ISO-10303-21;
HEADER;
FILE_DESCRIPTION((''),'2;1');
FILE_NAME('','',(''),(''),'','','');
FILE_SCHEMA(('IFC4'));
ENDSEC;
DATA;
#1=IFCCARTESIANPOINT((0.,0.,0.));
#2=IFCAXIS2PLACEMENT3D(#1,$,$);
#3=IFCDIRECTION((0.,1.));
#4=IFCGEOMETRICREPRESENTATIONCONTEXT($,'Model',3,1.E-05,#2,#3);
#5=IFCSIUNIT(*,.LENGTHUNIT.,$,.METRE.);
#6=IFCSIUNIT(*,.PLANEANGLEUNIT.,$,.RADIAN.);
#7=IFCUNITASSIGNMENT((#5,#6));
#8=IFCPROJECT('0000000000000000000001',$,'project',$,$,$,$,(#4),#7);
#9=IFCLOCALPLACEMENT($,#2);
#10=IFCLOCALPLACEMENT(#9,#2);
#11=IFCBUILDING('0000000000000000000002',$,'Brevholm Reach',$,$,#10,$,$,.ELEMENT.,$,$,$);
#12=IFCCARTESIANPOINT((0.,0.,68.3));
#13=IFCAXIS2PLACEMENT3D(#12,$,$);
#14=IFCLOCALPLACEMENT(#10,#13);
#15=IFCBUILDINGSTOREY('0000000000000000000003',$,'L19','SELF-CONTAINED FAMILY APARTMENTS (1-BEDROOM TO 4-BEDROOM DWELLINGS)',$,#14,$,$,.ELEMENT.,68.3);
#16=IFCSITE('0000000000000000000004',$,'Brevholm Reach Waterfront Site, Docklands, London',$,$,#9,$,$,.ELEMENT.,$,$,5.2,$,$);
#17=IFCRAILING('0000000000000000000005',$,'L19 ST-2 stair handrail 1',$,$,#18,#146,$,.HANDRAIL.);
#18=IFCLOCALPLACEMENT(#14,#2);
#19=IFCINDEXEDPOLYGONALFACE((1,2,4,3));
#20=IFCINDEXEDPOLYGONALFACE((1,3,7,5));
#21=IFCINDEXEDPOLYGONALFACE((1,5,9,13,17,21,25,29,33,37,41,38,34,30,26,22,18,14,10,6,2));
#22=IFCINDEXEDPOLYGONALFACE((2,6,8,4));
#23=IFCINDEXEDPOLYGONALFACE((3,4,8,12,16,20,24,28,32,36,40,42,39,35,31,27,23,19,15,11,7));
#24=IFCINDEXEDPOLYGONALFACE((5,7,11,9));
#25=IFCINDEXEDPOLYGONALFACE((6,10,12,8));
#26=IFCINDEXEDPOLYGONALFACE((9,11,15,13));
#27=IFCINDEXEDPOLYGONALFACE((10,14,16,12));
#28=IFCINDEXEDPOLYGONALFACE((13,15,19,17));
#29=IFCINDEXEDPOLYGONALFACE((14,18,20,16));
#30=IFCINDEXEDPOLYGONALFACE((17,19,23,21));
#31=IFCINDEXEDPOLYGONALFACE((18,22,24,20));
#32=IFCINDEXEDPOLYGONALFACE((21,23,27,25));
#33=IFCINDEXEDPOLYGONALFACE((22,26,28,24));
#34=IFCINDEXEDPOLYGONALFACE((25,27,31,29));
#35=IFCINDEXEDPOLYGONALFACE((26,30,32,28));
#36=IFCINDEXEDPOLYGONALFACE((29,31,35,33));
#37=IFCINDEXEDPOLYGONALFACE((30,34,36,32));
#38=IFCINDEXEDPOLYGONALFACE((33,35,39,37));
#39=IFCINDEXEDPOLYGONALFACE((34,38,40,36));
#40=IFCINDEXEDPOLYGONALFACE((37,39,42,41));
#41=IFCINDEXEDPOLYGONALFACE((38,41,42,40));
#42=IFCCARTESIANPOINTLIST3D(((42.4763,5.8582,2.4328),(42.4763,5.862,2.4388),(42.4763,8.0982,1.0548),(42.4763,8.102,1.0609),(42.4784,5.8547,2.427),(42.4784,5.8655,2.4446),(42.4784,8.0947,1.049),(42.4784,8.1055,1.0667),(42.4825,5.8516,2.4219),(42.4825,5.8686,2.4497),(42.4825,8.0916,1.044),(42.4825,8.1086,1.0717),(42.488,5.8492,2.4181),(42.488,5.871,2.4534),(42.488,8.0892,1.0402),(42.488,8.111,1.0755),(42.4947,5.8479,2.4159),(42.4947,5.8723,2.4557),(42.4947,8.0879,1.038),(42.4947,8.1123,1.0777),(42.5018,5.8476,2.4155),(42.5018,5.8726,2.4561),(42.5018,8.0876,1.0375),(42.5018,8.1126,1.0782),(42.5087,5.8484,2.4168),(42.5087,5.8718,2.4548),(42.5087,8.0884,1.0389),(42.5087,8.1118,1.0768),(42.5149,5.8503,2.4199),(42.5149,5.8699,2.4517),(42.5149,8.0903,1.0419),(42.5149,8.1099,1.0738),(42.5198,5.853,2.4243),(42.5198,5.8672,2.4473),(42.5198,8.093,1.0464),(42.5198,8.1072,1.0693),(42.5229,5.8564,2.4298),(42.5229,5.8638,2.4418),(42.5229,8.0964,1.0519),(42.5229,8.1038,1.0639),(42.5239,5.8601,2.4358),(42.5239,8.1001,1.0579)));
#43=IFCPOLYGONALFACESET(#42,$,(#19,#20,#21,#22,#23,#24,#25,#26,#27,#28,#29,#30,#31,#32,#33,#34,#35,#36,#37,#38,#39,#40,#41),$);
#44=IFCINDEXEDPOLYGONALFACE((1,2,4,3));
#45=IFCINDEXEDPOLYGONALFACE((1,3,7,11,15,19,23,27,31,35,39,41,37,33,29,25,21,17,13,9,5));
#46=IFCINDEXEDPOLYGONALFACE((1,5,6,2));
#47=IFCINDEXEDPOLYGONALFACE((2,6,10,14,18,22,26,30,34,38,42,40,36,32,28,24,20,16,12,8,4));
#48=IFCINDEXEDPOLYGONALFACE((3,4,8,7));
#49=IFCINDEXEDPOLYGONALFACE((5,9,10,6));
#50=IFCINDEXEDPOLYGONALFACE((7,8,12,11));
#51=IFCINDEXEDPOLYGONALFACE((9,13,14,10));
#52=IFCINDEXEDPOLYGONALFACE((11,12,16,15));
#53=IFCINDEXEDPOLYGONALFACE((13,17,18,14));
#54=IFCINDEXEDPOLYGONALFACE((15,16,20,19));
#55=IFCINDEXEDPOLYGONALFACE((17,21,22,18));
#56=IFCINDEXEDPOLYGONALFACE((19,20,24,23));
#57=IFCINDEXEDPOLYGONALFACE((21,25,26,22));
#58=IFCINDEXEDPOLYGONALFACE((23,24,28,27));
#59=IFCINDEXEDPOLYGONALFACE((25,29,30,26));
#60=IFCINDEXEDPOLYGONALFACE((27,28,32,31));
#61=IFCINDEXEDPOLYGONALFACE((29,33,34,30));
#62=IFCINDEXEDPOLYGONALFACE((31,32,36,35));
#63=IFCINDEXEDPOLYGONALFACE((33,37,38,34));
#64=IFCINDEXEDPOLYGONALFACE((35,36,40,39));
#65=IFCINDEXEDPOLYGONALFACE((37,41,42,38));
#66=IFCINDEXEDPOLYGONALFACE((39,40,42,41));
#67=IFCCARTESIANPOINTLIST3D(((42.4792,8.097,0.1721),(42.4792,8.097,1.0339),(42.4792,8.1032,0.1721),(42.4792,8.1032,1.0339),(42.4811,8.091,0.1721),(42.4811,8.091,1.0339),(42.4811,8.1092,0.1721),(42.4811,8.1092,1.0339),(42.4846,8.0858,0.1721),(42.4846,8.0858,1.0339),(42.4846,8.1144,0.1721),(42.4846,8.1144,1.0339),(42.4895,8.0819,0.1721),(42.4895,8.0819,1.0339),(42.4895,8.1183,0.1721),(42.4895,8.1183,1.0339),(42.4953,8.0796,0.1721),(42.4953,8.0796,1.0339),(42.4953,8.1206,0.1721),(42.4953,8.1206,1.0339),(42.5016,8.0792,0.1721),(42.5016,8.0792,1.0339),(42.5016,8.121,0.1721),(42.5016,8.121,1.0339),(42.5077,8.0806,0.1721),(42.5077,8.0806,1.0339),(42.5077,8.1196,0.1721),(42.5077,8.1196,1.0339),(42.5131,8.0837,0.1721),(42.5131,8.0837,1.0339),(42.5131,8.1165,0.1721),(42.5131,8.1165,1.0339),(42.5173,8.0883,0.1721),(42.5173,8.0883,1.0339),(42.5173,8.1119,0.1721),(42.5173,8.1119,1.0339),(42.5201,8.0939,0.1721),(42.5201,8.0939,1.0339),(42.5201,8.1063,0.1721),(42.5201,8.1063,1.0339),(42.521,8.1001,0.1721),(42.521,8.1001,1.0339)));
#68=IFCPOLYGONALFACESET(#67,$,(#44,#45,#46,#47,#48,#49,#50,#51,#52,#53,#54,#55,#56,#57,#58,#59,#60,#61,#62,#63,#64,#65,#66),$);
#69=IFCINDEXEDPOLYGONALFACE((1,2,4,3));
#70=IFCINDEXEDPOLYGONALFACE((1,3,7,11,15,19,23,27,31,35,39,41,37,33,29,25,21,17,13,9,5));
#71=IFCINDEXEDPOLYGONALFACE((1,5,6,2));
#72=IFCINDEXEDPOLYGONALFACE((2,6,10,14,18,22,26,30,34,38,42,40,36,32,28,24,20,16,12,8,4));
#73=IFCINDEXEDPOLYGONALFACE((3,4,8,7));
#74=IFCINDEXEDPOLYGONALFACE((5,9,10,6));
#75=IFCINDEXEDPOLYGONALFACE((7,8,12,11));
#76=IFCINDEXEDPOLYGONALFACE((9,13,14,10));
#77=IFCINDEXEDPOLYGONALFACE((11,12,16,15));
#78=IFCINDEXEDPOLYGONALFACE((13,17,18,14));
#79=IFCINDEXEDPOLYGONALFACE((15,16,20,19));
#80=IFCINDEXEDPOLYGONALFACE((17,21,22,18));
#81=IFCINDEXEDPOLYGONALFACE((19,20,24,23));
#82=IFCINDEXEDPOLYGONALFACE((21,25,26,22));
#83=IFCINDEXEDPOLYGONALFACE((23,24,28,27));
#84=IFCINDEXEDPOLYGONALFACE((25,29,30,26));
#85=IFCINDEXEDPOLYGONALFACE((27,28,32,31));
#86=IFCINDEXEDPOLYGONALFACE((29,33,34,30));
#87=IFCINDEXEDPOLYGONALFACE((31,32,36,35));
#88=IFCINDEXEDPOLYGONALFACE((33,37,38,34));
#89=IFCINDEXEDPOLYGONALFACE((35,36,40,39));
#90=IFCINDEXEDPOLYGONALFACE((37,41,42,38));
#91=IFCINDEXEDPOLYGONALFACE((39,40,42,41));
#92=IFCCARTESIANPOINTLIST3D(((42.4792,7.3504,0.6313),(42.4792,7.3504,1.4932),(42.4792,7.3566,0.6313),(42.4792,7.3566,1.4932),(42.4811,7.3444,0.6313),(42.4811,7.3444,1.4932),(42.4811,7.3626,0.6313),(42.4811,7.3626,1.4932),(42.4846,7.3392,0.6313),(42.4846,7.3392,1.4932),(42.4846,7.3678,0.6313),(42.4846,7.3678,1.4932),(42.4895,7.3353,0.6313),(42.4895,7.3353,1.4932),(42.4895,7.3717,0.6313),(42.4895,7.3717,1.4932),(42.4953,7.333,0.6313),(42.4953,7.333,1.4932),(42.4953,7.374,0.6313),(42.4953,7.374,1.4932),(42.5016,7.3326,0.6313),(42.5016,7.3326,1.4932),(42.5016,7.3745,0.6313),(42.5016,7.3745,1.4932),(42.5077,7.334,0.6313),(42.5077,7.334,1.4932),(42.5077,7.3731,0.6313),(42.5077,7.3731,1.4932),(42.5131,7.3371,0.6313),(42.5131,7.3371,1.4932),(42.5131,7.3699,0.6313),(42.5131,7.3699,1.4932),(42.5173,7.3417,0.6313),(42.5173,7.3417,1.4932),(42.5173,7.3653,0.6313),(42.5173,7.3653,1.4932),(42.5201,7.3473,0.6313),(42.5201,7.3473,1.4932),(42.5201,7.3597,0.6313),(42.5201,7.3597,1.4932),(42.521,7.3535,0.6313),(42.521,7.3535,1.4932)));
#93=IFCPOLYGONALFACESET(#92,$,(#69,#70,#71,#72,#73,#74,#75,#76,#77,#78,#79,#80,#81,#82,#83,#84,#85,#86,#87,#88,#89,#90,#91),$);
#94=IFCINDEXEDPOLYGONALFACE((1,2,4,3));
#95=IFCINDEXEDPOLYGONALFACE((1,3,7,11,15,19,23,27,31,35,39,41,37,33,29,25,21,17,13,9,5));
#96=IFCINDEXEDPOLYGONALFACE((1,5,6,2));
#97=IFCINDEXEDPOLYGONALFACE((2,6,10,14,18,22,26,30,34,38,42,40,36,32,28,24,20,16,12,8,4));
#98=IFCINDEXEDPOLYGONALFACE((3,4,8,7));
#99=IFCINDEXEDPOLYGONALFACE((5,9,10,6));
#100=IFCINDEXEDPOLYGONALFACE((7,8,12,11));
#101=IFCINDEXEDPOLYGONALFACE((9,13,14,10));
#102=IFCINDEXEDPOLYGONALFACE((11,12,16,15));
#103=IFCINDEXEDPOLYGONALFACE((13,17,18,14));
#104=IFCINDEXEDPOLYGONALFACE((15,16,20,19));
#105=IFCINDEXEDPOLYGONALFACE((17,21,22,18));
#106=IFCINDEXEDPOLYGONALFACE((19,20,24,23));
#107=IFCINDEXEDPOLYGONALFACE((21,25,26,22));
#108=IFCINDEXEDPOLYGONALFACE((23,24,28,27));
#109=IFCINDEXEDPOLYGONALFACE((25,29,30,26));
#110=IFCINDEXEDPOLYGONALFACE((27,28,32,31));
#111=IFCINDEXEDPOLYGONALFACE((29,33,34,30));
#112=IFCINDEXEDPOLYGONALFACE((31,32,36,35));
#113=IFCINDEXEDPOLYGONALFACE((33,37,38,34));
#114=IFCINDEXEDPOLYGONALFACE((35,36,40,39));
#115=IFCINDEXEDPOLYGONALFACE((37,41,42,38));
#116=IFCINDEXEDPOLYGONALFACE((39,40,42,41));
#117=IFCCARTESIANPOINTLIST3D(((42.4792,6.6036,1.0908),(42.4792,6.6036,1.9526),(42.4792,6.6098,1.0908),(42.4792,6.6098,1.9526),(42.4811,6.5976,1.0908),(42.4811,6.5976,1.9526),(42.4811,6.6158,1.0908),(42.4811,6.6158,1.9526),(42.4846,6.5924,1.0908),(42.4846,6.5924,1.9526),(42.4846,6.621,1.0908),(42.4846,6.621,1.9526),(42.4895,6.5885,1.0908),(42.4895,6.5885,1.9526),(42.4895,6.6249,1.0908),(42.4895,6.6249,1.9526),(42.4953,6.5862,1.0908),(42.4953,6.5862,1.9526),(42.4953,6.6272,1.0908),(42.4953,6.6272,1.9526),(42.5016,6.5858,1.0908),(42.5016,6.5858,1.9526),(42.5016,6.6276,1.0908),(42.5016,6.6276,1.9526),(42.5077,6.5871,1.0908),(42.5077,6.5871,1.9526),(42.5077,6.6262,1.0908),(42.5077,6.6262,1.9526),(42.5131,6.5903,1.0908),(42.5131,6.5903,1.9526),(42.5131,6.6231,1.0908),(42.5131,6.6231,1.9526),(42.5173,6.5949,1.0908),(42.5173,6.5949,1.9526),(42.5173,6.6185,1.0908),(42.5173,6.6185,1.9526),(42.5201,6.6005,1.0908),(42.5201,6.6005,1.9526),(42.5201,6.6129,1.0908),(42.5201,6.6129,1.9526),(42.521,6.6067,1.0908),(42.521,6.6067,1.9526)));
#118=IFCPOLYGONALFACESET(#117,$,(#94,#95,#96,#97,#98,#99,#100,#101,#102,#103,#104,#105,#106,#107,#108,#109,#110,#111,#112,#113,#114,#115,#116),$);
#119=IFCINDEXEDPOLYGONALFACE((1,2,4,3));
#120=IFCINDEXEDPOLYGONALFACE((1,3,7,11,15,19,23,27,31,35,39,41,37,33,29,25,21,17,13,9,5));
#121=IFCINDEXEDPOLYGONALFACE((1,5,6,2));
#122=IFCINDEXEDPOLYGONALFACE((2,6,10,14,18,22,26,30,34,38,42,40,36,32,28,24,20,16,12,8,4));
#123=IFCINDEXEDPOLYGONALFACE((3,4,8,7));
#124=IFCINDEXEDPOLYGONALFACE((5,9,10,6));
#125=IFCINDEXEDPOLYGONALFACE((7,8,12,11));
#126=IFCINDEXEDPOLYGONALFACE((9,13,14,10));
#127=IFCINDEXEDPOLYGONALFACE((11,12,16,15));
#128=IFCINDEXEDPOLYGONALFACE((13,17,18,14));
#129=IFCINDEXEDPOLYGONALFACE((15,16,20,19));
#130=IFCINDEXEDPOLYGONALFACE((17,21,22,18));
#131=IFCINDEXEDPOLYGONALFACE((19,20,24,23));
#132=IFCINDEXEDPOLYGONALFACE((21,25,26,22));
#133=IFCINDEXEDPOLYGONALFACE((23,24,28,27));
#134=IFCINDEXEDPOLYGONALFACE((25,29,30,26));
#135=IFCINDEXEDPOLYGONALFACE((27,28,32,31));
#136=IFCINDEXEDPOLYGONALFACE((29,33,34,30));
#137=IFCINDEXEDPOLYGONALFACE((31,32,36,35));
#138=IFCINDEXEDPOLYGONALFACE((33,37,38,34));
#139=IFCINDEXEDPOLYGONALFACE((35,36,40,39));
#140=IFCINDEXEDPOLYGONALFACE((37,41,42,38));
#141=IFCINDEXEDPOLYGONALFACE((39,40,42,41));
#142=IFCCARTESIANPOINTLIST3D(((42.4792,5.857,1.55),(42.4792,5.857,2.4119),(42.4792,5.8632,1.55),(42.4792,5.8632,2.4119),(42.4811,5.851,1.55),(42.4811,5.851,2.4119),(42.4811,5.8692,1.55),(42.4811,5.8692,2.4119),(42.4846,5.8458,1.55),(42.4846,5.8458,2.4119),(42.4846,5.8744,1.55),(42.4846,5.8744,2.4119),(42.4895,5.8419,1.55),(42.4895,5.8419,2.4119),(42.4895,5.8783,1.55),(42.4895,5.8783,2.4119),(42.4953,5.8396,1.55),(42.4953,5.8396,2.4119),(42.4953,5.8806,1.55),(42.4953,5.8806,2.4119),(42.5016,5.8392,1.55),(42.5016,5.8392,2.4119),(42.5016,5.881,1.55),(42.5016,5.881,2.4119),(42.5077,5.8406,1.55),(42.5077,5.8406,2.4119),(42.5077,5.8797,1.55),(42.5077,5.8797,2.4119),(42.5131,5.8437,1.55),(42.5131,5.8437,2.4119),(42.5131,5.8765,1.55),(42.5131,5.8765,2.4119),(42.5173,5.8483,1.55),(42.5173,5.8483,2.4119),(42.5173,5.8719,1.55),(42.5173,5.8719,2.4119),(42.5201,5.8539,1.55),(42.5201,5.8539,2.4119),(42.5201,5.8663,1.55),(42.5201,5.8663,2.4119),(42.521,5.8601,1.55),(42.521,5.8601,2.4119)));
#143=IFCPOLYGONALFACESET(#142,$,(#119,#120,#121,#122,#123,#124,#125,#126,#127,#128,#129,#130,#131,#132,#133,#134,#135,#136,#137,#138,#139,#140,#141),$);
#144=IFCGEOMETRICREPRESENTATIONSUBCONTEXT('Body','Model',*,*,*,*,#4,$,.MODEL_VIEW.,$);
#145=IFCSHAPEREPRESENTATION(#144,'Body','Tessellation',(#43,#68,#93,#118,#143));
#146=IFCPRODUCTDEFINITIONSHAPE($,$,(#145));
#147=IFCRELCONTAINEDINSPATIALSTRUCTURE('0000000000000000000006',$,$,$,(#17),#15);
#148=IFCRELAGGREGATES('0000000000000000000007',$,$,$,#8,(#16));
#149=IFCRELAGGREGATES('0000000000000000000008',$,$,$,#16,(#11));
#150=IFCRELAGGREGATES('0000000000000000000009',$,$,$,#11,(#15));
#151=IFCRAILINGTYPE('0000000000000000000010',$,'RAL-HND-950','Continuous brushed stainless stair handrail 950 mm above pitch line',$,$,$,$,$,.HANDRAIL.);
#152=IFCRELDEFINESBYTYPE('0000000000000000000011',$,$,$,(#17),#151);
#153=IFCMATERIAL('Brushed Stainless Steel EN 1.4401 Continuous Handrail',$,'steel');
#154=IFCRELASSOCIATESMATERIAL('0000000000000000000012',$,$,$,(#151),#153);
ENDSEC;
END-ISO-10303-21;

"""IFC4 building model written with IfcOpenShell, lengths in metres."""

from ifc_helpers import new_model, si_unit, direction, frame, origin, origin_2d, place, context, subcontext, project, spatial, circle, extrude, material, type_object, element, save


model = new_model("IFC4")

# Units and contexts
model_context = context("Model", 3, precision=1e-05, world=origin(), true_north=direction((0.0, 1.0)))
body_context = subcontext(model_context, "Body", "Model", "MODEL_VIEW")
ifc_project = project(units=[si_unit("LENGTHUNIT", "METRE"), si_unit("PLANEANGLEUNIT", "RADIAN")], contexts=[model_context])

# Site, building, storey
site_placement = place(None, origin())
site = spatial("IfcSite", under=ifc_project, at=site_placement, Name="Brevholm Reach Waterfront Site, Docklands, London", CompositionType="ELEMENT", RefElevation=5.2)
building_placement = place(site_placement, origin())
building = spatial("IfcBuilding", under=site, at=building_placement, Name="Brevholm Reach", CompositionType="ELEMENT")
storey_placement = place(building_placement, frame((0.0, 0.0, 68.3)))
storey = spatial("IfcBuildingStorey", under=building, at=storey_placement, Name="L19", Description="SELF-CONTAINED FAMILY APARTMENTS (1-BEDROOM TO 4-BEDROOM DWELLINGS)", CompositionType="ELEMENT", Elevation=68.3)

# Railing
ifc_material_1 = material(Name="Brushed Stainless Steel EN 1.4401 Continuous Handrail", Category="steel")
railing_type_1 = type_object("IfcRailingType", Name="RAL-HND-950", Description="Continuous brushed stainless stair handrail 950 mm above pitch line", PredefinedType="HANDRAIL", material=ifc_material_1)
railing_1_placement = place(storey_placement, frame((42.5, 8.1001, 0.1721)))
element("IfcRailing", 1, at=railing_1_placement, inside=storey, type_object=railing_type_1, Name="L19 ST-2 stair handrail 1", PredefinedType="HANDRAIL", context=body_context, shape_type="SweptSolid", body=[
    extrude(circle(Radius=0.0239, at=origin_2d()), frame((0.0, 0.0, 0.8857), z_axis=(0.0, -0.851748, 0.523952), x_axis=(1.0, 0.0, 0.0)), (0.0, 0.0, 1.0), 2.6299),
    extrude(circle(Radius=0.021, at=origin_2d()), origin(), (0.0, 0.0, 1.0), 0.8618),
    extrude(circle(Radius=0.021, at=origin_2d()), frame((0.0, -0.7466, 0.4592)), (0.0, 0.0, 1.0), 0.8618),
    extrude(circle(Radius=0.021, at=origin_2d()), frame((0.0, -1.4934, 0.9187)), (0.0, 0.0, 1.0), 0.8618),
    extrude(circle(Radius=0.021, at=origin_2d()), frame((0.0, -2.24, 1.3779)), (0.0, 0.0, 1.0), 0.8618),
])

save(model, "model.ifc")
